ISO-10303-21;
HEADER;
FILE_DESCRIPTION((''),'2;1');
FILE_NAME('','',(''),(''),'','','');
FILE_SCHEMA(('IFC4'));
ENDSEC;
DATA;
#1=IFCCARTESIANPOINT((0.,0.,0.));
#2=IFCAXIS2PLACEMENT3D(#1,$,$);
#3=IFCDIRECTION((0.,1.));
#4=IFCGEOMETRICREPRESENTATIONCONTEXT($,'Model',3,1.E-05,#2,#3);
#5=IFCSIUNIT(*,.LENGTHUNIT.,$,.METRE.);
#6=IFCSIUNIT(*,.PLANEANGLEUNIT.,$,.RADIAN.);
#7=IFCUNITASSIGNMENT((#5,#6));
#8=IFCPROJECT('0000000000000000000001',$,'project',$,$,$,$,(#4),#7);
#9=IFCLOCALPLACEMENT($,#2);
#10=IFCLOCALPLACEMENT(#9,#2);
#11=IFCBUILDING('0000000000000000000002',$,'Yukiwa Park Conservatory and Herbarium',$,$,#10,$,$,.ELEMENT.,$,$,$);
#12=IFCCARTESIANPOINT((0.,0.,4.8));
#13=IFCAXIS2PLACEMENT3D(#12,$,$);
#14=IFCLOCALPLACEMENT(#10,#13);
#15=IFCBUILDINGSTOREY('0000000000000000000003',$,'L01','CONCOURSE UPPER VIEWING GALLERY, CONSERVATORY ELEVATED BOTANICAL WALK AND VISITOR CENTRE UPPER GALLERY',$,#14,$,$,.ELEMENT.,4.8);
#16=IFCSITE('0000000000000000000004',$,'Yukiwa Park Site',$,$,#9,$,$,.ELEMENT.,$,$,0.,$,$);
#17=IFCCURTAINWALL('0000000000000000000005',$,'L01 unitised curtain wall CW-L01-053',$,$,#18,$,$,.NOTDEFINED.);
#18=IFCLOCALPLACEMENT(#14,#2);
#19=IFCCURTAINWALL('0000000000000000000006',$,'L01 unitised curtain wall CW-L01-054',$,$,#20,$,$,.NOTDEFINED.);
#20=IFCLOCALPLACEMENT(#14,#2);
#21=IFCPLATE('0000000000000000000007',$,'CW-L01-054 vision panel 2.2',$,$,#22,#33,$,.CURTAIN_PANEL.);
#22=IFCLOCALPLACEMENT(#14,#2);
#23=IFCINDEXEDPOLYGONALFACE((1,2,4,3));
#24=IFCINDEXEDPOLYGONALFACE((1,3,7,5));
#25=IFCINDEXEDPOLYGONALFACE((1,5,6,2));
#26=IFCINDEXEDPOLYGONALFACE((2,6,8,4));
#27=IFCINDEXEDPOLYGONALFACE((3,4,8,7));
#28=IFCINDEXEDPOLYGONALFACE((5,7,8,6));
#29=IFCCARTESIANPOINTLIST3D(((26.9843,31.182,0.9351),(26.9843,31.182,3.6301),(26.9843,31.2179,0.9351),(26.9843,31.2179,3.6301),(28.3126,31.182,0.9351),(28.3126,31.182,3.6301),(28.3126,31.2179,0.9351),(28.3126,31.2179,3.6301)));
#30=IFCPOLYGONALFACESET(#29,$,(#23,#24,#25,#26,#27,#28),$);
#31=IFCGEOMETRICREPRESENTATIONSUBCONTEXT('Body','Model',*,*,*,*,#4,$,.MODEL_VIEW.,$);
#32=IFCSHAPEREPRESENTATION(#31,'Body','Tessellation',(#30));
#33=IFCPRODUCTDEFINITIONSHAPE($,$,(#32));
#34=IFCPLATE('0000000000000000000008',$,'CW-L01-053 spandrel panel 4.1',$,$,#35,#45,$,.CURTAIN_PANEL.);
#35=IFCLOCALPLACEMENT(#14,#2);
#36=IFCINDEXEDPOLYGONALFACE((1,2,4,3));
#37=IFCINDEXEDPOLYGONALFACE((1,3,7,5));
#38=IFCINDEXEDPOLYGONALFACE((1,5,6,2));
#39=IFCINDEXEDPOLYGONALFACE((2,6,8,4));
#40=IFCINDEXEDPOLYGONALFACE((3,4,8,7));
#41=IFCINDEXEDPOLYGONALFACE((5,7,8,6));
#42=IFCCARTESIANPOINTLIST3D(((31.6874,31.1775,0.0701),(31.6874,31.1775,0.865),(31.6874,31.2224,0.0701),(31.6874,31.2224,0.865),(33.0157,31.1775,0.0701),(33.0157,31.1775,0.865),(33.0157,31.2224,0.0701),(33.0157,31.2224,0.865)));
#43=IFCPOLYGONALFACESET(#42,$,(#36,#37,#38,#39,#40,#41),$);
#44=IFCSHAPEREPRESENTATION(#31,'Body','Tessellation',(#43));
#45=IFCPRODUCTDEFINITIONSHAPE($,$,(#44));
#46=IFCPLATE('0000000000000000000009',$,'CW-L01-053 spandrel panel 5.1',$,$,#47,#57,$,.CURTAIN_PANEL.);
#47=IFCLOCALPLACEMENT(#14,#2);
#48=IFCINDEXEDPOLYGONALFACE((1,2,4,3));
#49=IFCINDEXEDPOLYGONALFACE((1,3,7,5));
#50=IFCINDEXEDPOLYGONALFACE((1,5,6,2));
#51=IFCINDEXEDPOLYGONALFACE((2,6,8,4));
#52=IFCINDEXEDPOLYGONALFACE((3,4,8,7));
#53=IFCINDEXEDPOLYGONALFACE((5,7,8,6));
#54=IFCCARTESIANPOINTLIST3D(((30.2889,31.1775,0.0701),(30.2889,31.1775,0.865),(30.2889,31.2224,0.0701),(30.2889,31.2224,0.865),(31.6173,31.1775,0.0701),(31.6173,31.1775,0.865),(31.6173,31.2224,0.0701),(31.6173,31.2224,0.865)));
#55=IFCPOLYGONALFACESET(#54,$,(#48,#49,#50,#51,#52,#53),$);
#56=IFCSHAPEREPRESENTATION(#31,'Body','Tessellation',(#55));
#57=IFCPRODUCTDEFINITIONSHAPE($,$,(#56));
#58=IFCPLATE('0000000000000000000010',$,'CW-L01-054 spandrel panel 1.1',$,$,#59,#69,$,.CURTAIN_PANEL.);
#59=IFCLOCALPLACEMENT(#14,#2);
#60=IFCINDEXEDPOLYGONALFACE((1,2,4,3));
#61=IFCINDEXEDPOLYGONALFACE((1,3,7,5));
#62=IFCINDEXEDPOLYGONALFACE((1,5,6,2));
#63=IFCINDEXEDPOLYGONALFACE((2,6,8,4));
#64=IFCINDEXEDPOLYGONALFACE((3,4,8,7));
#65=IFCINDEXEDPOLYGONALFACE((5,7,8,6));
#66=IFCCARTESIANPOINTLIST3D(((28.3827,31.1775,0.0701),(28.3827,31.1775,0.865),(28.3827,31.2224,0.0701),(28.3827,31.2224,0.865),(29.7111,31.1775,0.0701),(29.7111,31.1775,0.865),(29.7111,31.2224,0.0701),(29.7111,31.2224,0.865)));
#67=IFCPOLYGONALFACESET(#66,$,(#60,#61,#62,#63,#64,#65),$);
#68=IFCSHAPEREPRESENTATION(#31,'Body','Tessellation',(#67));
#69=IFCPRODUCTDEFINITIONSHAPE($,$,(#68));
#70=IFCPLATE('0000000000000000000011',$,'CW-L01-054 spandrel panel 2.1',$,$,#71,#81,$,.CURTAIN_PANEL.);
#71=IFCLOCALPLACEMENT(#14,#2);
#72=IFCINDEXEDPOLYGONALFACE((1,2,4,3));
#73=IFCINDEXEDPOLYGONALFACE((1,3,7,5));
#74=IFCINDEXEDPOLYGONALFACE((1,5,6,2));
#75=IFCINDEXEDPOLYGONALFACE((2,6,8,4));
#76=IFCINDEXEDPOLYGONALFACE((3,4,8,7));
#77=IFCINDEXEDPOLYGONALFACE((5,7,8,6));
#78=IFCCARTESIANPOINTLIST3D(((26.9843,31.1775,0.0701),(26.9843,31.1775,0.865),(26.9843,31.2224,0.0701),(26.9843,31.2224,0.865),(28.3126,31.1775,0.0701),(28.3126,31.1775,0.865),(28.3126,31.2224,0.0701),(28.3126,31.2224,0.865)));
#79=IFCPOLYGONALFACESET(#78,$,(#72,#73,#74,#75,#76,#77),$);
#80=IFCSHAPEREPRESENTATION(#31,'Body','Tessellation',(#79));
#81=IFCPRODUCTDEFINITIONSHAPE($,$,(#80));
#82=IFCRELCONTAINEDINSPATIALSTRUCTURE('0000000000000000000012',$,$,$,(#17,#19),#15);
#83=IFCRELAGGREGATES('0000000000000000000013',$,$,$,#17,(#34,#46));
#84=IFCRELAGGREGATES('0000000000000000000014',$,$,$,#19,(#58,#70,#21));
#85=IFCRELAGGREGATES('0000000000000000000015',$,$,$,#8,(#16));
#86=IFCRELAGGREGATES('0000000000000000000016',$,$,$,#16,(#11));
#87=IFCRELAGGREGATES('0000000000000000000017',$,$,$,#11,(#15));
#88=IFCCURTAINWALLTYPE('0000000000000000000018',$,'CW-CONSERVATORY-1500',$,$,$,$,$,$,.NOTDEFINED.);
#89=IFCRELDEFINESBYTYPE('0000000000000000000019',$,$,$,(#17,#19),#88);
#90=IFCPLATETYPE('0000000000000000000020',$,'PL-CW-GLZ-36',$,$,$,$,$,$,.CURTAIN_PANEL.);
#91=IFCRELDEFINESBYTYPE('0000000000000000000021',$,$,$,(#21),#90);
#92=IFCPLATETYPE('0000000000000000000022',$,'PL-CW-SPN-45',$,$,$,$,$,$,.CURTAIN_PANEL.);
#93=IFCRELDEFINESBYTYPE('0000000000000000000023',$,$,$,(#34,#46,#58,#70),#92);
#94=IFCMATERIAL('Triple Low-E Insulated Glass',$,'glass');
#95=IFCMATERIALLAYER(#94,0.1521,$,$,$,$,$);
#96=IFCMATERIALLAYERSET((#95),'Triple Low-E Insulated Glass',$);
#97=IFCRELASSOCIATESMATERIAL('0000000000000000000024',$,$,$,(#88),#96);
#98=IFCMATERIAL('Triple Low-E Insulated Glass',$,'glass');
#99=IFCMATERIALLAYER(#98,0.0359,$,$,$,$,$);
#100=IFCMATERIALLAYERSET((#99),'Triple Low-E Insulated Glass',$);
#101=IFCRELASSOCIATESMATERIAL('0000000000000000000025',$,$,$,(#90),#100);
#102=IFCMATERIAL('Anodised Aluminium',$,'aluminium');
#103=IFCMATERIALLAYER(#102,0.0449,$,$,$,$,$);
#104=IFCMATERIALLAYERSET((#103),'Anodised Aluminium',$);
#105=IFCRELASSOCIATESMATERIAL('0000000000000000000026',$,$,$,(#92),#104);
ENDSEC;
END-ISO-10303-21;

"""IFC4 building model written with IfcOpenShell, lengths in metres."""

from ifc_helpers import new_model, si_unit, direction, frame, origin, origin_2d, place, context, subcontext, project, spatial, rectangle, extrude, material, layer, layer_set, type_object, element, aggregate, save


model = new_model("IFC4")

# Units and contexts
model_context = context("Model", 3, precision=1e-05, world=origin(), true_north=direction((0.0, 1.0)))
body_context = subcontext(model_context, "Body", "Model", "MODEL_VIEW")
ifc_project = project(units=[si_unit("LENGTHUNIT", "METRE"), si_unit("PLANEANGLEUNIT", "RADIAN")], contexts=[model_context])

# Site, building, storey
site_placement = place(None, origin())
site = spatial("IfcSite", under=ifc_project, at=site_placement, Name="Yukiwa Park Site", CompositionType="ELEMENT", RefElevation=0.0)
building_placement = place(site_placement, origin())
building = spatial("IfcBuilding", under=site, at=building_placement, Name="Yukiwa Park Conservatory and Herbarium", CompositionType="ELEMENT")
storey_placement = place(building_placement, frame((0.0, 0.0, 4.8)))
storey = spatial("IfcBuildingStorey", under=building, at=storey_placement, Name="L01", Description="CONCOURSE UPPER VIEWING GALLERY, CONSERVATORY ELEVATED BOTANICAL WALK AND VISITOR CENTRE UPPER GALLERY", CompositionType="ELEMENT", Elevation=4.8)

# Curtain walls
ifc_material_1 = material(Name="Triple Low-E Insulated Glass", Category="glass")
ifc_layer_1 = layer(ifc_material_1, 0.1521)
ifc_layer_set_1 = layer_set([ifc_layer_1], Name="Triple Low-E Insulated Glass")
curtain_wall_type = type_object("IfcCurtainWallType", Name="CW-CONSERVATORY-1500", PredefinedType="NOTDEFINED", material=ifc_layer_set_1)
curtain_wall_1_placement = place(storey_placement, origin())
curtain_wall_1 = element("IfcCurtainWall", 1, at=curtain_wall_1_placement, inside=storey, type_object=curtain_wall_type, Name="L01 unitised curtain wall CW-L01-053", PredefinedType="NOTDEFINED")
curtain_wall_2_placement = place(storey_placement, origin())
curtain_wall_2 = element("IfcCurtainWall", 2, at=curtain_wall_2_placement, inside=storey, type_object=curtain_wall_type, Name="L01 unitised curtain wall CW-L01-054", PredefinedType="NOTDEFINED")

# Plates
ifc_material_2 = material(Name="Triple Low-E Insulated Glass", Category="glass")
ifc_layer_2 = layer(ifc_material_2, 0.0359)
ifc_layer_set_2 = layer_set([ifc_layer_2], Name="Triple Low-E Insulated Glass")
plate_type_1 = type_object("IfcPlateType", Name="PL-CW-GLZ-36", PredefinedType="CURTAIN_PANEL", material=ifc_layer_set_2)
plate_1_placement = place(storey_placement, frame((27.6484, 31.2, 0.9351), z_axis=(0.0, 0.0, 1.0), x_axis=(-1.0, 0.0, 0.0)))
plate_1 = element("IfcPlate", 3, at=plate_1_placement, type_object=plate_type_1, Name="CW-L01-054 vision panel 2.2", PredefinedType="CURTAIN_PANEL", context=body_context, shape_type="SweptSolid", body=[
    extrude(rectangle(XDim=1.3284, YDim=0.0359, at=origin_2d()), origin(), (0.0, 0.0, 1.0), 2.6951),
])
ifc_material_3 = material(Name="Anodised Aluminium", Category="aluminium")
ifc_layer_3 = layer(ifc_material_3, 0.0449)
ifc_layer_set_3 = layer_set([ifc_layer_3], Name="Anodised Aluminium")
plate_type_2 = type_object("IfcPlateType", Name="PL-CW-SPN-45", PredefinedType="CURTAIN_PANEL", material=ifc_layer_set_3)
plate_2_placement = place(storey_placement, frame((32.3516, 31.2, 0.0701), z_axis=(0.0, 0.0, 1.0), x_axis=(-1.0, 0.0, 0.0)))
plate_2 = element("IfcPlate", 4, at=plate_2_placement, type_object=plate_type_2, Name="CW-L01-053 spandrel panel 4.1", PredefinedType="CURTAIN_PANEL", context=body_context, shape_type="SweptSolid", body=[
    extrude(rectangle(XDim=1.3284, YDim=0.0449, at=origin_2d()), origin(), (0.0, 0.0, 1.0), 0.7949),
])
plate_3_placement = place(storey_placement, frame((30.9531, 31.2, 0.0701), z_axis=(0.0, 0.0, 1.0), x_axis=(-1.0, 0.0, 0.0)))
plate_3 = element("IfcPlate", 5, at=plate_3_placement, type_object=plate_type_2, Name="CW-L01-053 spandrel panel 5.1", PredefinedType="CURTAIN_PANEL", context=body_context, shape_type="SweptSolid", body=[
    extrude(rectangle(XDim=1.3284, YDim=0.0449, at=origin_2d()), origin(), (0.0, 0.0, 1.0), 0.7949),
])
aggregate(curtain_wall_1, [plate_2, plate_3])
plate_4_placement = place(storey_placement, frame((29.0469, 31.2, 0.0701), z_axis=(0.0, 0.0, 1.0), x_axis=(-1.0, 0.0, 0.0)))
plate_4 = element("IfcPlate", 6, at=plate_4_placement, type_object=plate_type_2, Name="CW-L01-054 spandrel panel 1.1", PredefinedType="CURTAIN_PANEL", context=body_context, shape_type="SweptSolid", body=[
    extrude(rectangle(XDim=1.3284, YDim=0.0449, at=origin_2d()), origin(), (0.0, 0.0, 1.0), 0.7949),
])
plate_5_placement = place(storey_placement, frame((27.6484, 31.2, 0.0701), z_axis=(0.0, 0.0, 1.0), x_axis=(-1.0, 0.0, 0.0)))
plate_5 = element("IfcPlate", 7, at=plate_5_placement, type_object=plate_type_2, Name="CW-L01-054 spandrel panel 2.1", PredefinedType="CURTAIN_PANEL", context=body_context, shape_type="SweptSolid", body=[
    extrude(rectangle(XDim=1.3284, YDim=0.0449, at=origin_2d()), origin(), (0.0, 0.0, 1.0), 0.7949),
])
aggregate(curtain_wall_2, [plate_4, plate_5, plate_1])

save(model, "model.ifc")
